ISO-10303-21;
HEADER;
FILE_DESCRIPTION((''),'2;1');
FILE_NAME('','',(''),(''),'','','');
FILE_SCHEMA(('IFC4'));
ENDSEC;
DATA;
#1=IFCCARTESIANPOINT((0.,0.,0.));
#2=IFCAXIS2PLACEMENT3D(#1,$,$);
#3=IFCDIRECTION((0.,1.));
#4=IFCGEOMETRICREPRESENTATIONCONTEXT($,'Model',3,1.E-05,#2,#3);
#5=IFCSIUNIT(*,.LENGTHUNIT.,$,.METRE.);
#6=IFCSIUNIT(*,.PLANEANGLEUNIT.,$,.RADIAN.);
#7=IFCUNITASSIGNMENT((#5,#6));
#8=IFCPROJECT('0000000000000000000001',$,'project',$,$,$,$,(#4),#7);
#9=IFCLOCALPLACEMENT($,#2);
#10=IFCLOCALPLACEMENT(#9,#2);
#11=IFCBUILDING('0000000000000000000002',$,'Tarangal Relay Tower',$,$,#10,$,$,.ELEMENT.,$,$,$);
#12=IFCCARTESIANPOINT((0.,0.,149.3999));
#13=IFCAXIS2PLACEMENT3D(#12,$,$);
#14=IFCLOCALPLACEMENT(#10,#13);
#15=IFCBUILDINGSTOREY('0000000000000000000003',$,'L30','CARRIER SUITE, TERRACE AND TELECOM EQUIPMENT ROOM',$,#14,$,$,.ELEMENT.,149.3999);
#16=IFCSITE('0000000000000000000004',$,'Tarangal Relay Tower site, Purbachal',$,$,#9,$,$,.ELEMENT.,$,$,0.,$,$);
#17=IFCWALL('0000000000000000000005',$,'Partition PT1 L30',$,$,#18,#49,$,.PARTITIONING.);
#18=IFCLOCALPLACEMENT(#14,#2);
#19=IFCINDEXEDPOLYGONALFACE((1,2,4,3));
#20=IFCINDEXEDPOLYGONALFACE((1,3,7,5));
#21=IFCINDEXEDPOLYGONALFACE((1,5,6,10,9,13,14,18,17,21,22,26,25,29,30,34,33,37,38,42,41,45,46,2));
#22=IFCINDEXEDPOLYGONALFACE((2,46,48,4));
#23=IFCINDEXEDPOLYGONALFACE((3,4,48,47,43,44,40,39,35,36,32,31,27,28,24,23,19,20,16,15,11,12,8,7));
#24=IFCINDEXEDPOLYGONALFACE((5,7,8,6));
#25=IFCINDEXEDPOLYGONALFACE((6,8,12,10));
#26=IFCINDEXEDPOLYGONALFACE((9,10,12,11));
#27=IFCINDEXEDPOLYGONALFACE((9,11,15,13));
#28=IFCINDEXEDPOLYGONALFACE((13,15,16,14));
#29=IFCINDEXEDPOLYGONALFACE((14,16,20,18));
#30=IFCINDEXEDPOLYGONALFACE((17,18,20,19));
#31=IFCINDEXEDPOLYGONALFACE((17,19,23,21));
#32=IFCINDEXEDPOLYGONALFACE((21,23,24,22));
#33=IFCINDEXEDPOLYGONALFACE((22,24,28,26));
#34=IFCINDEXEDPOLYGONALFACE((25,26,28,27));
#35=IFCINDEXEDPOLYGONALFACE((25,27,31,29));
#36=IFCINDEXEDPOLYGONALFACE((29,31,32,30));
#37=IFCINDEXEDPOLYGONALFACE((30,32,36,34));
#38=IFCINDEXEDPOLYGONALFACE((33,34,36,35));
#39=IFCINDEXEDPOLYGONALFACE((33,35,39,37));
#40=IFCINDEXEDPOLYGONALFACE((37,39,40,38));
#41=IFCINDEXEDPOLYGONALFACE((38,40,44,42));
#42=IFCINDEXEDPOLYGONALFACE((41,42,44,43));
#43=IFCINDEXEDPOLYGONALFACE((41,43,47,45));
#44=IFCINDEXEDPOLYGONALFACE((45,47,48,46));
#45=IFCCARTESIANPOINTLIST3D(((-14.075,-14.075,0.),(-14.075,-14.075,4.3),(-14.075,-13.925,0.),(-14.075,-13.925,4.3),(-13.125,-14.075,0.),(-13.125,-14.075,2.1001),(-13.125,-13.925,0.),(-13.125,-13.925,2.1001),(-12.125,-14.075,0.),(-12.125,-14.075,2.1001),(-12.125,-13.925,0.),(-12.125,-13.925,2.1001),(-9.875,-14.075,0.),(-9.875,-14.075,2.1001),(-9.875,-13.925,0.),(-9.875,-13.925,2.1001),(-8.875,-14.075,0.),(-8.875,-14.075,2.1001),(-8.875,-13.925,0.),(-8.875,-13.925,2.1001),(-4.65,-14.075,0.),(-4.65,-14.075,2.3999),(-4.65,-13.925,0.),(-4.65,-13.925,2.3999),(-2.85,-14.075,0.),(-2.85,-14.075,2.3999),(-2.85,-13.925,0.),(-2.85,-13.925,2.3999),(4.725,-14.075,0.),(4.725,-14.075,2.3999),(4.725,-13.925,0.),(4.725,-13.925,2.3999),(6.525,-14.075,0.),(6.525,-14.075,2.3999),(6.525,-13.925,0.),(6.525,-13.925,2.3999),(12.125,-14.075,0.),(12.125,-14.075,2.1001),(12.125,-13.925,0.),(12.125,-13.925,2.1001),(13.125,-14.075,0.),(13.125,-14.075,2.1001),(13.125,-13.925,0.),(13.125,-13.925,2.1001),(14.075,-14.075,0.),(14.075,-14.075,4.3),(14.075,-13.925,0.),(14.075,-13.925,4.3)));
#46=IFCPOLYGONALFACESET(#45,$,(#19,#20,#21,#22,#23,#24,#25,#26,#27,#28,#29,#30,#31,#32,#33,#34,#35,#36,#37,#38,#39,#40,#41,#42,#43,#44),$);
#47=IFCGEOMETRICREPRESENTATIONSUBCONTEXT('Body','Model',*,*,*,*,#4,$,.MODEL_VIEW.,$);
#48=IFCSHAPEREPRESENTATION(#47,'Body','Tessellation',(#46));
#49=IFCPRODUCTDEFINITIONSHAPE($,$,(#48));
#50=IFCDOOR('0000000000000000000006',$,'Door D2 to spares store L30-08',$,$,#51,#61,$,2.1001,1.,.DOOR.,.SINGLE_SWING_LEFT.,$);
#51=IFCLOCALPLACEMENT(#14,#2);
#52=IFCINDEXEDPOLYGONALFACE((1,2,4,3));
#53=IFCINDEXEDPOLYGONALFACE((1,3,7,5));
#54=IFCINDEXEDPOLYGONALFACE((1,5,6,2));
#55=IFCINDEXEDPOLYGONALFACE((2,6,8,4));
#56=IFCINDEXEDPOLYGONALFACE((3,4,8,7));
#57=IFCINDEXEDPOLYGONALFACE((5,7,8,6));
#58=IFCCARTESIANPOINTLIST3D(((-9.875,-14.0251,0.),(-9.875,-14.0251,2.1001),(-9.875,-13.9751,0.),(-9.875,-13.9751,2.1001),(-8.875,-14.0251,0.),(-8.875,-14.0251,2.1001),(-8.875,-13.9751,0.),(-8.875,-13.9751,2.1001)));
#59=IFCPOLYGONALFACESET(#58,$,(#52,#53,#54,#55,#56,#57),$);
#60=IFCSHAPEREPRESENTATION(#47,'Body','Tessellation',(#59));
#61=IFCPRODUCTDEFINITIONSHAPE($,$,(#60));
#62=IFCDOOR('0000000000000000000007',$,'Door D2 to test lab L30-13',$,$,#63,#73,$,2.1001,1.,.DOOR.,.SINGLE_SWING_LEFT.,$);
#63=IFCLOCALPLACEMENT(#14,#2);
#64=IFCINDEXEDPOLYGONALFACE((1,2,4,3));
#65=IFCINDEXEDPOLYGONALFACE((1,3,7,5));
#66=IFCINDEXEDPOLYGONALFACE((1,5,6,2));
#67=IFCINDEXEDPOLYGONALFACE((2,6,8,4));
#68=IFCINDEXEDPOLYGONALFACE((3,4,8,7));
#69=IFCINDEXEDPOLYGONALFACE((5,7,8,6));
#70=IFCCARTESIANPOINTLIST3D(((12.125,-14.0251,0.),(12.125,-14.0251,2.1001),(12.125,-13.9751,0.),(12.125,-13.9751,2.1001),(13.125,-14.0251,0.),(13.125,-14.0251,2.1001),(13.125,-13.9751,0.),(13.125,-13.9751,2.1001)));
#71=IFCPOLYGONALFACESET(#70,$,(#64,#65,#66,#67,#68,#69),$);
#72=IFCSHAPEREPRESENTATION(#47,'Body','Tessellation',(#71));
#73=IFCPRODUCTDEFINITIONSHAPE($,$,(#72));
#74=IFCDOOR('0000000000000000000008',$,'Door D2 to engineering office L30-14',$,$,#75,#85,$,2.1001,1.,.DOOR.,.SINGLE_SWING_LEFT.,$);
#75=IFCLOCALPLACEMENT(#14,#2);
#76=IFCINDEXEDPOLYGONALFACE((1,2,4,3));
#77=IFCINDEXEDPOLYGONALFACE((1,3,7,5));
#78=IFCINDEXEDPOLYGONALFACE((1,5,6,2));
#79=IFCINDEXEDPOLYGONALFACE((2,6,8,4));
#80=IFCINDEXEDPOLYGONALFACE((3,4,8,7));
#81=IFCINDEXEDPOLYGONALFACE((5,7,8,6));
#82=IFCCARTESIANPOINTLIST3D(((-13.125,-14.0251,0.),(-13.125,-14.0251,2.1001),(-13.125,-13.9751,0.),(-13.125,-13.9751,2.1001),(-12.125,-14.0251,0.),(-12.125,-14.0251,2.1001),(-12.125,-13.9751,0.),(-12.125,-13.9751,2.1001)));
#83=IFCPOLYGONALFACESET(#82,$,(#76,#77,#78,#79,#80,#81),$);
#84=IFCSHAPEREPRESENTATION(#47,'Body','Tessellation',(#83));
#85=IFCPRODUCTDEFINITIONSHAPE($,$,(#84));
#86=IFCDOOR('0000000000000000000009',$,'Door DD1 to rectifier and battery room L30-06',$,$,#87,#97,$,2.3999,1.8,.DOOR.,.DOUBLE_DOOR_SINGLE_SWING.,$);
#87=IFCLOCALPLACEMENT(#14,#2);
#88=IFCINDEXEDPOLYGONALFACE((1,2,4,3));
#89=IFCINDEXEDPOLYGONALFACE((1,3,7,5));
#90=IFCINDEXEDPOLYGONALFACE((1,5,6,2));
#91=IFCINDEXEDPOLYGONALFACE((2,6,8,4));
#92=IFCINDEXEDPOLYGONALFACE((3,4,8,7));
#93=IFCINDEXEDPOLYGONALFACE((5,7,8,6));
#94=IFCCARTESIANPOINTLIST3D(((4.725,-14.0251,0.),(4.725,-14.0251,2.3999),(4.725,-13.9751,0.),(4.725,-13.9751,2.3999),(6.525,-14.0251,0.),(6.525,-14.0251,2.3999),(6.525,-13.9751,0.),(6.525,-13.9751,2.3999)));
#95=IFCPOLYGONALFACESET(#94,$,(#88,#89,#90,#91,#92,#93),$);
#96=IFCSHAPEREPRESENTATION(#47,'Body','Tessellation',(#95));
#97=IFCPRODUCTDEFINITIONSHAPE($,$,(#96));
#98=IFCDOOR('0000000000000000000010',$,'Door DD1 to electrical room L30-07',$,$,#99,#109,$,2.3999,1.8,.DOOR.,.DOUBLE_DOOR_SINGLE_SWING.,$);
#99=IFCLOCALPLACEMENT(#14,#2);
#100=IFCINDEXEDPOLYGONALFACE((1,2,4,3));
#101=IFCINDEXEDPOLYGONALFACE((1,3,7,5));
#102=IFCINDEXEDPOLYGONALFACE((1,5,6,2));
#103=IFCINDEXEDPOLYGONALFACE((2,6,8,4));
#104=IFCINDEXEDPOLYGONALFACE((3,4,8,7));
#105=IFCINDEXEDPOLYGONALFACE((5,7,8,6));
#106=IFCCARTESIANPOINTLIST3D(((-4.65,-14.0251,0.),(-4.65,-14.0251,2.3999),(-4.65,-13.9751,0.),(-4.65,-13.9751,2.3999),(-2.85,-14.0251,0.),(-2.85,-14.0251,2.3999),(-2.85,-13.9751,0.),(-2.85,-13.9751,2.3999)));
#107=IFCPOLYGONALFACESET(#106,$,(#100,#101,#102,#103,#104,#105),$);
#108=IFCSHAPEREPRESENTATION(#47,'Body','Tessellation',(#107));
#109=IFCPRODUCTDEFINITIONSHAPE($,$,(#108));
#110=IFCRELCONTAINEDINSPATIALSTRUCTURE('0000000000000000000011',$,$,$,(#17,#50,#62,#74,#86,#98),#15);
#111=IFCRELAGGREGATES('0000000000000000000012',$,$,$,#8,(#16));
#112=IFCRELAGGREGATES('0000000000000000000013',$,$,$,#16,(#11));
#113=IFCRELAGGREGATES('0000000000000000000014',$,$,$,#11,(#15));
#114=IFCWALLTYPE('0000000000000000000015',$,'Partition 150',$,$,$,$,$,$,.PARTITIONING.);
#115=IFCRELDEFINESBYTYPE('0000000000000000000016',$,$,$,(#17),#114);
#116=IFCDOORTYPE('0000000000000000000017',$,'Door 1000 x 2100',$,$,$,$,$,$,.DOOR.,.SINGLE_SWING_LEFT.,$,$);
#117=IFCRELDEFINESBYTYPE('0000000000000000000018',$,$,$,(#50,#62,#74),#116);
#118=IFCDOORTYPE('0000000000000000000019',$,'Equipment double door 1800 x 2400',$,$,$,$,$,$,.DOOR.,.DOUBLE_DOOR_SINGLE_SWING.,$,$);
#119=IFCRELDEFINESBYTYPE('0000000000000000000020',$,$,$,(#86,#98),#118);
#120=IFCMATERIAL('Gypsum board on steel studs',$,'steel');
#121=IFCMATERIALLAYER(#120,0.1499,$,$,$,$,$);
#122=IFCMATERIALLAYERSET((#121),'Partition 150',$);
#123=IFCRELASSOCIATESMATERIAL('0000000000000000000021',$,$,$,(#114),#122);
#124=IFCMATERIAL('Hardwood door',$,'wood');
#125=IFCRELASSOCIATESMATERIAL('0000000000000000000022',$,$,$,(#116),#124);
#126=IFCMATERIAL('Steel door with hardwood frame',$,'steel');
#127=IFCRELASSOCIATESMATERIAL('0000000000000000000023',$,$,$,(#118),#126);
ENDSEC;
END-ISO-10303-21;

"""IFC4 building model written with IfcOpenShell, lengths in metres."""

from ifc_helpers import new_model, si_unit, direction, frame, frame_2d, origin, place, context, subcontext, project, spatial, rectangle, extrude, material, layer, layer_set, type_object, element, fill, save


model = new_model("IFC4")

# Units and contexts
model_context = context("Model", 3, precision=1e-05, world=origin(), true_north=direction((0.0, 1.0)))
body_context = subcontext(model_context, "Body", "Model", "MODEL_VIEW")
ifc_project = project(units=[si_unit("LENGTHUNIT", "METRE"), si_unit("PLANEANGLEUNIT", "RADIAN")], contexts=[model_context])

# Site, building, storey
site_placement = place(None, origin())
site = spatial("IfcSite", under=ifc_project, at=site_placement, Name="Tarangal Relay Tower site, Purbachal", CompositionType="ELEMENT", RefElevation=0.0)
building_placement = place(site_placement, origin())
building = spatial("IfcBuilding", under=site, at=building_placement, Name="Tarangal Relay Tower", CompositionType="ELEMENT")
storey_placement = place(building_placement, frame((0.0, 0.0, 149.3999)))
storey = spatial("IfcBuildingStorey", under=building, at=storey_placement, Name="L30", Description="CARRIER SUITE, TERRACE AND TELECOM EQUIPMENT ROOM", CompositionType="ELEMENT", Elevation=149.3999)

# Wall, openings, doors
ifc_material_1 = material(Name="Gypsum board on steel studs", Category="steel")
ifc_layer_1 = layer(ifc_material_1, 0.1499)
ifc_layer_set_1 = layer_set([ifc_layer_1], Name="Partition 150")
wall_type_1 = type_object("IfcWallType", Name="Partition 150", PredefinedType="PARTITIONING", material=ifc_layer_set_1)
wall_1_placement = place(storey_placement, frame((-14.075, -14.0, 0.0), z_axis=(0.0, 0.0, 1.0), x_axis=(1.0, 0.0, 0.0)))
wall_1 = element("IfcWall", 1, at=wall_1_placement, inside=storey, type_object=wall_type_1, Name="Partition PT1 L30", PredefinedType="PARTITIONING", context=body_context, shape_type="SweptSolid", body=[
    extrude(rectangle(XDim=28.1499, YDim=0.1499, at=frame_2d((14.075, 0.0))), origin(), (0.0, 0.0, 1.0), 4.3),
])
opening_1_placement = place(wall_1_placement, frame((18.8, 0.0, 0.0)))
opening_1 = element("IfcOpeningElement", 2, at=opening_1_placement, cuts=wall_1, PredefinedType="OPENING", context=body_context, shape_type="SweptSolid", body=[
    extrude(rectangle(XDim=1.8, YDim=2.3999, at=frame_2d((0.8999, 1.2))), frame((0.0, 0.085, 0.0), z_axis=(0.0, -1.0, 0.0), x_axis=(1.0, 0.0, 0.0)), (0.0, 0.0, 1.0), 0.1699),
])
opening_2_placement = place(wall_1_placement, frame((9.425, 0.0, 0.0)))
opening_2 = element("IfcOpeningElement", 3, at=opening_2_placement, cuts=wall_1, PredefinedType="OPENING", context=body_context, shape_type="SweptSolid", body=[
    extrude(rectangle(XDim=1.8, YDim=2.3999, at=frame_2d((0.8999, 1.2))), frame((0.0, 0.085, 0.0), z_axis=(0.0, -1.0, 0.0), x_axis=(1.0, 0.0, 0.0)), (0.0, 0.0, 1.0), 0.1699),
])
opening_3_placement = place(wall_1_placement, frame((4.2, 0.0, 0.0)))
opening_3 = element("IfcOpeningElement", 4, at=opening_3_placement, cuts=wall_1, PredefinedType="OPENING", context=body_context, shape_type="SweptSolid", body=[
    extrude(rectangle(XDim=1.0, YDim=2.1001, at=frame_2d((0.5, 1.05))), frame((0.0, 0.085, 0.0), z_axis=(0.0, -1.0, 0.0), x_axis=(1.0, 0.0, 0.0)), (0.0, 0.0, 1.0), 0.1699),
])
opening_4_placement = place(wall_1_placement, frame((26.2, 0.0, 0.0)))
opening_4 = element("IfcOpeningElement", 5, at=opening_4_placement, cuts=wall_1, PredefinedType="OPENING", context=body_context, shape_type="SweptSolid", body=[
    extrude(rectangle(XDim=1.0, YDim=2.1001, at=frame_2d((0.5, 1.05))), frame((0.0, 0.085, 0.0), z_axis=(0.0, -1.0, 0.0), x_axis=(1.0, 0.0, 0.0)), (0.0, 0.0, 1.0), 0.1699),
])
opening_5_placement = place(wall_1_placement, frame((0.95, 0.0, 0.0)))
opening_5 = element("IfcOpeningElement", 6, at=opening_5_placement, cuts=wall_1, PredefinedType="OPENING", context=body_context, shape_type="SweptSolid", body=[
    extrude(rectangle(XDim=1.0, YDim=2.1001, at=frame_2d((0.5, 1.05))), frame((0.0, 0.085, 0.0), z_axis=(0.0, -1.0, 0.0), x_axis=(1.0, 0.0, 0.0)), (0.0, 0.0, 1.0), 0.1699),
])
ifc_material_2 = material(Name="Hardwood door", Category="wood")
door_type_1 = type_object("IfcDoorType", Name="Door 1000 x 2100", OperationType="SINGLE_SWING_LEFT", PredefinedType="DOOR", material=ifc_material_2)
door_1_placement = place(opening_3_placement, origin())
door_1 = element("IfcDoor", 7, at=door_1_placement, inside=storey, type_object=door_type_1, Name="Door D2 to spares store L30-08", OperationType="SINGLE_SWING_LEFT", OverallHeight=2.1001, OverallWidth=1.0, PredefinedType="DOOR", context=body_context, shape_type="SweptSolid", body=[
    extrude(rectangle(XDim=1.0, YDim=2.1001, at=frame_2d((0.5, 1.05))), frame((0.0, 0.0249, 0.0), z_axis=(0.0, -1.0, 0.0), x_axis=(1.0, 0.0, 0.0)), (0.0, 0.0, 1.0), 0.05),
])
fill(opening_3, door_1)
door_2_placement = place(opening_4_placement, origin())
door_2 = element("IfcDoor", 8, at=door_2_placement, inside=storey, type_object=door_type_1, Name="Door D2 to test lab L30-13", OperationType="SINGLE_SWING_LEFT", OverallHeight=2.1001, OverallWidth=1.0, PredefinedType="DOOR", context=body_context, shape_type="SweptSolid", body=[
    extrude(rectangle(XDim=1.0, YDim=2.1001, at=frame_2d((0.5, 1.05))), frame((0.0, 0.0249, 0.0), z_axis=(0.0, -1.0, 0.0), x_axis=(1.0, 0.0, 0.0)), (0.0, 0.0, 1.0), 0.05),
])
fill(opening_4, door_2)
door_3_placement = place(opening_5_placement, origin())
door_3 = element("IfcDoor", 9, at=door_3_placement, inside=storey, type_object=door_type_1, Name="Door D2 to engineering office L30-14", OperationType="SINGLE_SWING_LEFT", OverallHeight=2.1001, OverallWidth=1.0, PredefinedType="DOOR", context=body_context, shape_type="SweptSolid", body=[
    extrude(rectangle(XDim=1.0, YDim=2.1001, at=frame_2d((0.5, 1.05))), frame((0.0, 0.0249, 0.0), z_axis=(0.0, -1.0, 0.0), x_axis=(1.0, 0.0, 0.0)), (0.0, 0.0, 1.0), 0.05),
])
fill(opening_5, door_3)
ifc_material_3 = material(Name="Steel door with hardwood frame", Category="steel")
door_type_2 = type_object("IfcDoorType", Name="Equipment double door 1800 x 2400", OperationType="DOUBLE_DOOR_SINGLE_SWING", PredefinedType="DOOR", material=ifc_material_3)
door_4_placement = place(opening_1_placement, origin())
door_4 = element("IfcDoor", 10, at=door_4_placement, inside=storey, type_object=door_type_2, Name="Door DD1 to rectifier and battery room L30-06", OperationType="DOUBLE_DOOR_SINGLE_SWING", OverallHeight=2.3999, OverallWidth=1.8, PredefinedType="DOOR", context=body_context, shape_type="SweptSolid", body=[
    extrude(rectangle(XDim=1.8, YDim=2.3999, at=frame_2d((0.8999, 1.2))), frame((0.0, 0.0249, 0.0), z_axis=(0.0, -1.0, 0.0), x_axis=(1.0, 0.0, 0.0)), (0.0, 0.0, 1.0), 0.05),
])
fill(opening_1, door_4)
door_5_placement = place(opening_2_placement, origin())
door_5 = element("IfcDoor", 11, at=door_5_placement, inside=storey, type_object=door_type_2, Name="Door DD1 to electrical room L30-07", OperationType="DOUBLE_DOOR_SINGLE_SWING", OverallHeight=2.3999, OverallWidth=1.8, PredefinedType="DOOR", context=body_context, shape_type="SweptSolid", body=[
    extrude(rectangle(XDim=1.8, YDim=2.3999, at=frame_2d((0.8999, 1.2))), frame((0.0, 0.0249, 0.0), z_axis=(0.0, -1.0, 0.0), x_axis=(1.0, 0.0, 0.0)), (0.0, 0.0, 1.0), 0.05),
])
fill(opening_2, door_5)

save(model, "model.ifc")
